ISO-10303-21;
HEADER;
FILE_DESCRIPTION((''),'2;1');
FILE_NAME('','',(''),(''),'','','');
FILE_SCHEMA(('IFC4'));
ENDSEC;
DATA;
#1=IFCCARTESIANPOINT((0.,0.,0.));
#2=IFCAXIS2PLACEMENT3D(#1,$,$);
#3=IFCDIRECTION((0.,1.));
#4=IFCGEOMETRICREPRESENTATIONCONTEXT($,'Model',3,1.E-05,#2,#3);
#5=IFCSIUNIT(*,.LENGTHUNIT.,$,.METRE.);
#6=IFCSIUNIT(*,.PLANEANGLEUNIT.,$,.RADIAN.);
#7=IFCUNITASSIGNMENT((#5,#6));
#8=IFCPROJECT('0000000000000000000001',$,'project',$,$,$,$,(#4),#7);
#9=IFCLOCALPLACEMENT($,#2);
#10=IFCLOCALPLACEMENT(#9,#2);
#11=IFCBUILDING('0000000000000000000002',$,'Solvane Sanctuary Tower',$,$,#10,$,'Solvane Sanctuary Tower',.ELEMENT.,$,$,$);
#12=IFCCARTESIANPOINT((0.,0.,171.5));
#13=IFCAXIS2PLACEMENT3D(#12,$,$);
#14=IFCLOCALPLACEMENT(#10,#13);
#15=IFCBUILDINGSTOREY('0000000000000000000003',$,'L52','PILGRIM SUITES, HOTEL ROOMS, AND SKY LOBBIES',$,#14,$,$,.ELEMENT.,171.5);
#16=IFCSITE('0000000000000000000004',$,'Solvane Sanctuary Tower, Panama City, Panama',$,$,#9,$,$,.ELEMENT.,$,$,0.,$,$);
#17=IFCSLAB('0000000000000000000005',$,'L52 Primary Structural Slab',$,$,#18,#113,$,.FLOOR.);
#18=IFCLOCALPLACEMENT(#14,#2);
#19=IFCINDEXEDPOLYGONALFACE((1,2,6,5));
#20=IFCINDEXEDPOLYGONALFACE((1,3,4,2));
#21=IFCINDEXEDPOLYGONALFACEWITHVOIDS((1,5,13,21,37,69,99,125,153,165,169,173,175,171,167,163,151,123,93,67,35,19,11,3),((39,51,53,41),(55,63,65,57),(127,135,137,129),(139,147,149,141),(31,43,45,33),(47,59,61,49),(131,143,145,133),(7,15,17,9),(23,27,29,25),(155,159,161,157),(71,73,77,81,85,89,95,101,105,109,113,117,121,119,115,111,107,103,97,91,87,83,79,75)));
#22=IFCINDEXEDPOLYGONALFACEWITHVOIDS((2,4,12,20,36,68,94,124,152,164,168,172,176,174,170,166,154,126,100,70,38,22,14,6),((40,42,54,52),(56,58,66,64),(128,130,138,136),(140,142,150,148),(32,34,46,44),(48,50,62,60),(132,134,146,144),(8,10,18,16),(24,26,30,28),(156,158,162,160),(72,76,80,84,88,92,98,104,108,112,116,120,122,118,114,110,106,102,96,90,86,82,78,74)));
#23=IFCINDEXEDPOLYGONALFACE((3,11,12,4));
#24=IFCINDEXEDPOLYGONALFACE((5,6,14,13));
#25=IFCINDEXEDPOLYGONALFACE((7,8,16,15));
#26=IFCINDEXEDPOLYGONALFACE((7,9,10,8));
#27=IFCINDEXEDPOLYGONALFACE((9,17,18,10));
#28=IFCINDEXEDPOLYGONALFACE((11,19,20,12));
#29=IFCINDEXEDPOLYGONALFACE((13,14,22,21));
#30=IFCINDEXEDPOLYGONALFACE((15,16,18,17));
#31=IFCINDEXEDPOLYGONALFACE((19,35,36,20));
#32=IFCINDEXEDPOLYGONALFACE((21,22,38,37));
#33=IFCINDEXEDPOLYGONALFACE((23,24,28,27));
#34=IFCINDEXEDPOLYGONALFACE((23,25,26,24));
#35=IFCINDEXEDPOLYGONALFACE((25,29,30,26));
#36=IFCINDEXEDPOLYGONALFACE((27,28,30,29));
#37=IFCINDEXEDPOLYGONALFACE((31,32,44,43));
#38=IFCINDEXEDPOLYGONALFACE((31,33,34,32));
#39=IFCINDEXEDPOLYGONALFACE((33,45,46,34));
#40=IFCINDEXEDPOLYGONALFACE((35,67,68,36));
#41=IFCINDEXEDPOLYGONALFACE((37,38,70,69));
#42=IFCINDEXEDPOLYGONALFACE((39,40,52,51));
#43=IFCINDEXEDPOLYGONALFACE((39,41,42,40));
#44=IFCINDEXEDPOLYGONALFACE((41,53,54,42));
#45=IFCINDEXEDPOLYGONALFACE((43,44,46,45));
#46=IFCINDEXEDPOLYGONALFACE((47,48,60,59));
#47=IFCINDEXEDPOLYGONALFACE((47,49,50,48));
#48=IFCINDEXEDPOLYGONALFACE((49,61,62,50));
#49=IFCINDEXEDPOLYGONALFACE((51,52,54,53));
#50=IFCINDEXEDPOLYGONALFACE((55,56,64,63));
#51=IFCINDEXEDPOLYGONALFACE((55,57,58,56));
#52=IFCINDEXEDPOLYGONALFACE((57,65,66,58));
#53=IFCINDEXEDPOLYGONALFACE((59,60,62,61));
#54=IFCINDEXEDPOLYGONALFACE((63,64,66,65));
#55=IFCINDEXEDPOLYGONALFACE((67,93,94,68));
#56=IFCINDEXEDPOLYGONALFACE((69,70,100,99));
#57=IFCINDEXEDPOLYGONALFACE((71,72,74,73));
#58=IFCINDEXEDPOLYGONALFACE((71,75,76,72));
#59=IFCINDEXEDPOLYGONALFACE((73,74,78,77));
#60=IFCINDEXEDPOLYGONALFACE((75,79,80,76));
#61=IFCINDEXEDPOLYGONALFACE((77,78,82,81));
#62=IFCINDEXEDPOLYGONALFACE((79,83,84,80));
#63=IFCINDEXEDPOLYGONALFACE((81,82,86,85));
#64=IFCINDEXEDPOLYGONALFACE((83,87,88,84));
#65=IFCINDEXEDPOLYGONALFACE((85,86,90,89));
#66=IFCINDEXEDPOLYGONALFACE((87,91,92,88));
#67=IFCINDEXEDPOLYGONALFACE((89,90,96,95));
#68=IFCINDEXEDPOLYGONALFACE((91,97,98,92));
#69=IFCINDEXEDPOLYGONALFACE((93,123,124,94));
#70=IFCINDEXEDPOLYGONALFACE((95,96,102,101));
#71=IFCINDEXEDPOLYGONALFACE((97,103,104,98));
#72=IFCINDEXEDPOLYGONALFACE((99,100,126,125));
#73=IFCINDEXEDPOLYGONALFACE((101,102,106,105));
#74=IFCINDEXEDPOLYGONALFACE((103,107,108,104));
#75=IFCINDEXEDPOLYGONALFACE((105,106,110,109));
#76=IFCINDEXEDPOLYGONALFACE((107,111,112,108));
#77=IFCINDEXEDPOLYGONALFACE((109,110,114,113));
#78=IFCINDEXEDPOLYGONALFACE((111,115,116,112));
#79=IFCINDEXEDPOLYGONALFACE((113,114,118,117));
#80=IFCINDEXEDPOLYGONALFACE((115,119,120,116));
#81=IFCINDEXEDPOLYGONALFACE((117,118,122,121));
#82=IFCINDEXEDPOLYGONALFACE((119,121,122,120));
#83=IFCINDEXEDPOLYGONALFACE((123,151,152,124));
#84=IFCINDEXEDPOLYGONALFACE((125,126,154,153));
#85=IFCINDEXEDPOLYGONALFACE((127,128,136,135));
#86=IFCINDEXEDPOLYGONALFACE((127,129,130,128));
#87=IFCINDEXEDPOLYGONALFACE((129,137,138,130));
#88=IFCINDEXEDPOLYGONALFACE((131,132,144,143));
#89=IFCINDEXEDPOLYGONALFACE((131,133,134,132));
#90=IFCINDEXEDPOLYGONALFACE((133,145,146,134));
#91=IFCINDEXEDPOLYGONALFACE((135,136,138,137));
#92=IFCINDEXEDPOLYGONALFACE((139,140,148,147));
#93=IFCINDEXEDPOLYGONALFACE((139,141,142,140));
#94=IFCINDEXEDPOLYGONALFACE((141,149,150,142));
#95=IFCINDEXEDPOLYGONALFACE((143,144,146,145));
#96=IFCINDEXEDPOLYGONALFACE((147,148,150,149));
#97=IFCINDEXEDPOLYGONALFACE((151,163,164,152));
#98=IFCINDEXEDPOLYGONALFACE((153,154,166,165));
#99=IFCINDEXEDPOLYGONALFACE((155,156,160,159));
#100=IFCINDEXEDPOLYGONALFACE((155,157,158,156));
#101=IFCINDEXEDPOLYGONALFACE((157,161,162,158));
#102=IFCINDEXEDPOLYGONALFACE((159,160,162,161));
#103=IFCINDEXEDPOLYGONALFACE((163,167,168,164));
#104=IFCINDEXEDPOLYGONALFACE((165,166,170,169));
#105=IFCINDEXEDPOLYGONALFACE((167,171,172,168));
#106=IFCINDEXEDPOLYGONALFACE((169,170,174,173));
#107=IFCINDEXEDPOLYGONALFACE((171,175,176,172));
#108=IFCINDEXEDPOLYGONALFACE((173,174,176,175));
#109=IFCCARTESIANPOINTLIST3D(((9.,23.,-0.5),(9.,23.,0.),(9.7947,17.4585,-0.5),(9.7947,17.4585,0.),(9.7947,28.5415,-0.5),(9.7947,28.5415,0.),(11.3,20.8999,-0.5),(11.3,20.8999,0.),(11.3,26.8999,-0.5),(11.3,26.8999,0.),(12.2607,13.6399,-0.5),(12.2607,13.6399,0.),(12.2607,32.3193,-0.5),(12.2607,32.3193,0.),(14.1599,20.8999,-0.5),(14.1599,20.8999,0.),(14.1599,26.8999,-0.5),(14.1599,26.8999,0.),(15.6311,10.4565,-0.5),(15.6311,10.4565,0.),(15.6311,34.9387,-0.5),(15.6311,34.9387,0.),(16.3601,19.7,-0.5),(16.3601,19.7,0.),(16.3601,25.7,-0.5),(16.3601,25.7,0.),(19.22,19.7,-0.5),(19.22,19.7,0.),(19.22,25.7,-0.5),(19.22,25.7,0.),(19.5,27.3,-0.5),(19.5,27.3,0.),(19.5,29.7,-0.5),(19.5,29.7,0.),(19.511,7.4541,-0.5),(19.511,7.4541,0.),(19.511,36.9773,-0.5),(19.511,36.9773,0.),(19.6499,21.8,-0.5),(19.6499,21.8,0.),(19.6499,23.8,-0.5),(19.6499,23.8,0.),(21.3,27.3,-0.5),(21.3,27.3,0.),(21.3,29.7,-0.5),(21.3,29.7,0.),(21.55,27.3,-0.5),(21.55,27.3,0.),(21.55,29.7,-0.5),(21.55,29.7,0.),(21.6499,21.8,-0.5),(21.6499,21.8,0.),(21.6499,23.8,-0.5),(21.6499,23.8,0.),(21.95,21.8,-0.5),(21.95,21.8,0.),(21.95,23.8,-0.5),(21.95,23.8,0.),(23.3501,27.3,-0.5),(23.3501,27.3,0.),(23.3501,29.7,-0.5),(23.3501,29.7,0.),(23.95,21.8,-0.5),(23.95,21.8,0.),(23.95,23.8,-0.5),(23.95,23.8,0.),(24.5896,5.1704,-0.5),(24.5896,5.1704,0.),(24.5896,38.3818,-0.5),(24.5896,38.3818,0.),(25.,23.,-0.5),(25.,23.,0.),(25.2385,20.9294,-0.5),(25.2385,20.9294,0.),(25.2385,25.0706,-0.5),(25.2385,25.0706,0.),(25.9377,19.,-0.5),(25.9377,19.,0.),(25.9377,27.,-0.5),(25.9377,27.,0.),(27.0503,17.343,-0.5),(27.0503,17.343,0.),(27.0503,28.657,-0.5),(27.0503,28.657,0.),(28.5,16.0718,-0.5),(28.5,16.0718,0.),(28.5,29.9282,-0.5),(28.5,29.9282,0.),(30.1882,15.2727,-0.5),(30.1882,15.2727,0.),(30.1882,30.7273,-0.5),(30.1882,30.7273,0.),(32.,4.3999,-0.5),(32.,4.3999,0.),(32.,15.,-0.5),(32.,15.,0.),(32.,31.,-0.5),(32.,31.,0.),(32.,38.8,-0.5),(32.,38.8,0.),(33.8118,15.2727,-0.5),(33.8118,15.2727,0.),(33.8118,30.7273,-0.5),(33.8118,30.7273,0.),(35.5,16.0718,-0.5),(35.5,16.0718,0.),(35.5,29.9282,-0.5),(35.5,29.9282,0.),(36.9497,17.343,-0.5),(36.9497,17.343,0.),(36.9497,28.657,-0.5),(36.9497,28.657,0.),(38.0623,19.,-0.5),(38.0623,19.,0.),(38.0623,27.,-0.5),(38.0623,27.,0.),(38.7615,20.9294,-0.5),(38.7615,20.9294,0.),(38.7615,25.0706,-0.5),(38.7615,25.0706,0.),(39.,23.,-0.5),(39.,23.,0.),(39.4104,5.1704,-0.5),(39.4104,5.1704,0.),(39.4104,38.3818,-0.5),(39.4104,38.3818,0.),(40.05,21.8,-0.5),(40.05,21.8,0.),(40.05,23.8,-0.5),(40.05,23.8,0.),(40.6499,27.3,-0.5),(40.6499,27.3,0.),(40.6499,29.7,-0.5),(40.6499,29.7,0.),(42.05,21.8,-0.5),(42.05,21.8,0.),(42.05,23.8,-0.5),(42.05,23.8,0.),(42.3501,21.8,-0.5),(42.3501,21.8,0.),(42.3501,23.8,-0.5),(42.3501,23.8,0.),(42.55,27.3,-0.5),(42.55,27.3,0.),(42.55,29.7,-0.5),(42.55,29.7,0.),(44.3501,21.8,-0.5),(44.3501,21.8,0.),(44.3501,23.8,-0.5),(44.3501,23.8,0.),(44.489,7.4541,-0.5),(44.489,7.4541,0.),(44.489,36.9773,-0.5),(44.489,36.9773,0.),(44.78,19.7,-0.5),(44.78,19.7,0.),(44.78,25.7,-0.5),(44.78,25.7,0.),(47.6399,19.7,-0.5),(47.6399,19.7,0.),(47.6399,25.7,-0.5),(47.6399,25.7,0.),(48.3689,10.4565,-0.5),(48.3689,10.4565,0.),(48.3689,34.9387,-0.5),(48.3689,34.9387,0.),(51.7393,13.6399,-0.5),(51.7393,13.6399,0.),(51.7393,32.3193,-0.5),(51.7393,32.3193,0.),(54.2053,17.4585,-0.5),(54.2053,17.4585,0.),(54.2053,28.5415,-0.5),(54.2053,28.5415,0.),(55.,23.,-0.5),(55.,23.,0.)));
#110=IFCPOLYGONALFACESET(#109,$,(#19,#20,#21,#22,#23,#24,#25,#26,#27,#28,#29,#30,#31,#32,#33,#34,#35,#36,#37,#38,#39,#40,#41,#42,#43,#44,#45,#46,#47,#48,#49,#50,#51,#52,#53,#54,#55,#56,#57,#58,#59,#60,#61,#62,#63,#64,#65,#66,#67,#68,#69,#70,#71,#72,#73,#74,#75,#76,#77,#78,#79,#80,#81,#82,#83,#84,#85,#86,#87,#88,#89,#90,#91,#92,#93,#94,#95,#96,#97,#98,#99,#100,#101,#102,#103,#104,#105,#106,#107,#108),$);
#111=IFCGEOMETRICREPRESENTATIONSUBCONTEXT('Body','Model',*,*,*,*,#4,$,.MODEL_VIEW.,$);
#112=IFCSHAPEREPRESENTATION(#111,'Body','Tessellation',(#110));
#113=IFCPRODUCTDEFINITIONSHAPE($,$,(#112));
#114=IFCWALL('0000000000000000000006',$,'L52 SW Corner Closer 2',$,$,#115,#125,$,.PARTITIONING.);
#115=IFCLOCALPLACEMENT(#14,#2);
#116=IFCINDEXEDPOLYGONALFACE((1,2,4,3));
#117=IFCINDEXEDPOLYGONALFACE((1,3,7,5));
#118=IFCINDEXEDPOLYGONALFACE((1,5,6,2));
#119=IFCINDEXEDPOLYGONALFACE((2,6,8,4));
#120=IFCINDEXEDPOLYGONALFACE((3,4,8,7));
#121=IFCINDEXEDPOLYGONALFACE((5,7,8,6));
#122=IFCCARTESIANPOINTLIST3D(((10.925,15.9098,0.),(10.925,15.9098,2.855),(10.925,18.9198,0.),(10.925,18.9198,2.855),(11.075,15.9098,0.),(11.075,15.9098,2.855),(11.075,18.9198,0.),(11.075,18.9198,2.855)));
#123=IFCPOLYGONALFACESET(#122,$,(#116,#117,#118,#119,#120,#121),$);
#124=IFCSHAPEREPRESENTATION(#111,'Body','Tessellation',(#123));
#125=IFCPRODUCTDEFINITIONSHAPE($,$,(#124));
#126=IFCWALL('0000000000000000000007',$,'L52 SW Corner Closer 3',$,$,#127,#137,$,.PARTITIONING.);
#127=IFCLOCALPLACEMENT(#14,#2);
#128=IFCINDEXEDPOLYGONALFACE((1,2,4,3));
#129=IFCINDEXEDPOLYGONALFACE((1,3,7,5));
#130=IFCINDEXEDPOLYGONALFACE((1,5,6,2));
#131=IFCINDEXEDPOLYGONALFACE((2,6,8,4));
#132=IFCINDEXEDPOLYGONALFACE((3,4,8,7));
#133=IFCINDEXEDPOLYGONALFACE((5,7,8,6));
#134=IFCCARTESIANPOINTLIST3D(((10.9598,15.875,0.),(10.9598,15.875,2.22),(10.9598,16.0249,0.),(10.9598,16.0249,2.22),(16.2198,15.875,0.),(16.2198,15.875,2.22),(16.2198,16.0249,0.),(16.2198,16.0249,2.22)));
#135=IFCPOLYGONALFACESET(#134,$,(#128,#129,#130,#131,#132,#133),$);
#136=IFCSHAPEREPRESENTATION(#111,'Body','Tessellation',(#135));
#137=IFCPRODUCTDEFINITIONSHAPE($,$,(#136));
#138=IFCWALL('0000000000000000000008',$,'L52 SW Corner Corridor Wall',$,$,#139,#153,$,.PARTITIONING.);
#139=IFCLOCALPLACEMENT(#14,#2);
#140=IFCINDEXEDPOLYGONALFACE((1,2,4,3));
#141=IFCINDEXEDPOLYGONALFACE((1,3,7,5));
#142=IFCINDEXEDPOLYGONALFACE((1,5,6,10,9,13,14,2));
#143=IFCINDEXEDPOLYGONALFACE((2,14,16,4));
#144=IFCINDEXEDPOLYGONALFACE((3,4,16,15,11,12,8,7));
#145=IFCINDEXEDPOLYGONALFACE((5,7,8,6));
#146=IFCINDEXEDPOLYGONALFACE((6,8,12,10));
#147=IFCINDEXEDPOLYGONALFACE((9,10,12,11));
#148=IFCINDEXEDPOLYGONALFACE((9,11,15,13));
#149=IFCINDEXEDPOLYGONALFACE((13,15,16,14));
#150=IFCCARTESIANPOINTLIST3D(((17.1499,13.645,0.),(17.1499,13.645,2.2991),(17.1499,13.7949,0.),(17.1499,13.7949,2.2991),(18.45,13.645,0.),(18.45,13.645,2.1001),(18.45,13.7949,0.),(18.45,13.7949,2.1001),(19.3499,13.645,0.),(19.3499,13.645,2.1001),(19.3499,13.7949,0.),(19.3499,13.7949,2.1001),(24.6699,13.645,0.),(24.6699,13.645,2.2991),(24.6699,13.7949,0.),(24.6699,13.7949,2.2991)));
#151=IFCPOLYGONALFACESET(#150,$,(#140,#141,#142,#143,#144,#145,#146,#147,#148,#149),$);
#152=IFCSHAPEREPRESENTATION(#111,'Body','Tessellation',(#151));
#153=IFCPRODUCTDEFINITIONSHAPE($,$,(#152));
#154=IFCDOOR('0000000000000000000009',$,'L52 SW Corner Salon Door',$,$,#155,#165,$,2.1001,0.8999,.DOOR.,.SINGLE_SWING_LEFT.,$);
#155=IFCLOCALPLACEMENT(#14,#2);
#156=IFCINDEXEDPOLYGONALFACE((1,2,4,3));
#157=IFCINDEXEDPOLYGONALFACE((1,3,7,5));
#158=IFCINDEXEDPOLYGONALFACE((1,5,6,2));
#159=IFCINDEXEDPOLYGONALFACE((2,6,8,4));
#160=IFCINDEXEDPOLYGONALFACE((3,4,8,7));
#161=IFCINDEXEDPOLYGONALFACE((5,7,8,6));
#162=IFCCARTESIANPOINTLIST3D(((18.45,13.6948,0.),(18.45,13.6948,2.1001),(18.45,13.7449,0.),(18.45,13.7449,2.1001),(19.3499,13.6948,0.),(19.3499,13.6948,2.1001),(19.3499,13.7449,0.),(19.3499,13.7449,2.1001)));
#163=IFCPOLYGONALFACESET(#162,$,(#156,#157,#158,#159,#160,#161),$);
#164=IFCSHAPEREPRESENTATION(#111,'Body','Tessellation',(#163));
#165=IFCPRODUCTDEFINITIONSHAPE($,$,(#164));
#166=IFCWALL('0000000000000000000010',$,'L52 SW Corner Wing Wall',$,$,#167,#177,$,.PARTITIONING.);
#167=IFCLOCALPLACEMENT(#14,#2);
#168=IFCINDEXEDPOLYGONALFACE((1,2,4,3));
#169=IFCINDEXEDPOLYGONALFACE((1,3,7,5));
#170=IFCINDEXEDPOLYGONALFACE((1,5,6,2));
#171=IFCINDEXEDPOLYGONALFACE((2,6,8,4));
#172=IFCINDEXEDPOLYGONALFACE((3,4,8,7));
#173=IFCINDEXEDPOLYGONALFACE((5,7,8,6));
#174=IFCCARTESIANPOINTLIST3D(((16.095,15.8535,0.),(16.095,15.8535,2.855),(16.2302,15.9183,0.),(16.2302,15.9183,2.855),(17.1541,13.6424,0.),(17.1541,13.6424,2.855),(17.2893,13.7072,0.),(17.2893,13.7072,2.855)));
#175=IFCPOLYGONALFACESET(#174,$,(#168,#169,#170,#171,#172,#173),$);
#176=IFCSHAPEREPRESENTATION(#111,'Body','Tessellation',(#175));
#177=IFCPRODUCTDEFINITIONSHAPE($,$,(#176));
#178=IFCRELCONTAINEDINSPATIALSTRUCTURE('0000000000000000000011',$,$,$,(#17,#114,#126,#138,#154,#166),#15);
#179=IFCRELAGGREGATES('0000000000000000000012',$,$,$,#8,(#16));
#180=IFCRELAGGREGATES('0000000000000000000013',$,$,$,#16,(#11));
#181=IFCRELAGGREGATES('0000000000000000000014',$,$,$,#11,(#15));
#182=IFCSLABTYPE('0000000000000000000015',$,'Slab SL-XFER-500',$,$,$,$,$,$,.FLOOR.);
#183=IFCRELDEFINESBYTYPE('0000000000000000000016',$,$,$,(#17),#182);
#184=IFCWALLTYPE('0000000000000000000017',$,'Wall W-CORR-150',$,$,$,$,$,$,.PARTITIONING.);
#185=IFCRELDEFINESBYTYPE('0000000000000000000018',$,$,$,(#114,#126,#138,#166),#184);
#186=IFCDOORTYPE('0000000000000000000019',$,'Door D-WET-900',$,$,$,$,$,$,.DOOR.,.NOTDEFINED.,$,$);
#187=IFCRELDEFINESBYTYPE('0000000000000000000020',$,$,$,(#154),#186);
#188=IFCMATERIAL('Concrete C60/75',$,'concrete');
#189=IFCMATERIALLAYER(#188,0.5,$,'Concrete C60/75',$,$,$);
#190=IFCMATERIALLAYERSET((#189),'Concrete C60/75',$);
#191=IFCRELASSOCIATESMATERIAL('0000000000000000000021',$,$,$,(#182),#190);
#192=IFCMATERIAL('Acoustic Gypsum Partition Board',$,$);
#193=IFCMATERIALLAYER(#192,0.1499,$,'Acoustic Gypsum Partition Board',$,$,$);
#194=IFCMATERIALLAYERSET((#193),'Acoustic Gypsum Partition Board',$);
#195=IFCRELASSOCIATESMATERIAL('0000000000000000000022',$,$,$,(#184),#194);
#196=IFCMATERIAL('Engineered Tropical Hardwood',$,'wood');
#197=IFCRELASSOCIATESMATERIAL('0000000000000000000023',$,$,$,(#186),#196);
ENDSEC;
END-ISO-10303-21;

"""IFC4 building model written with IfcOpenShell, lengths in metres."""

from ifc_helpers import new_model, si_unit, direction, frame, frame_2d, origin, place, context, subcontext, project, spatial, polyline, rectangle, outline, extrude, material, layer, layer_set, type_object, element, fill, save


model = new_model("IFC4")

# Units and contexts
model_context = context("Model", 3, precision=1e-05, world=origin(), true_north=direction((0.0, 1.0)))
body_context = subcontext(model_context, "Body", "Model", "MODEL_VIEW")
ifc_project = project(units=[si_unit("LENGTHUNIT", "METRE"), si_unit("PLANEANGLEUNIT", "RADIAN")], contexts=[model_context])

# Site, building, storey
site_placement = place(None, origin())
site = spatial("IfcSite", under=ifc_project, at=site_placement, Name="Solvane Sanctuary Tower, Panama City, Panama", CompositionType="ELEMENT", RefElevation=0.0)
building_placement = place(site_placement, origin())
building = spatial("IfcBuilding", under=site, at=building_placement, Name="Solvane Sanctuary Tower", LongName="Solvane Sanctuary Tower", CompositionType="ELEMENT")
storey_placement = place(building_placement, frame((0.0, 0.0, 171.5)))
storey = spatial("IfcBuildingStorey", under=building, at=storey_placement, Name="L52", Description="PILGRIM SUITES, HOTEL ROOMS, AND SKY LOBBIES", CompositionType="ELEMENT", Elevation=171.5)

# Shared definitions
ifc_material_1 = material(Name="Concrete C60/75", Category="concrete")

# Slab
ifc_layer_1 = layer(ifc_material_1, 0.5, Name="Concrete C60/75")
ifc_layer_set_1 = layer_set([ifc_layer_1], Name="Concrete C60/75")
slab_type_1 = type_object("IfcSlabType", Name="Slab SL-XFER-500", PredefinedType="FLOOR", material=ifc_layer_set_1)
slab_1_placement = place(storey_placement, frame((0.0, 0.0, -0.5)))
element("IfcSlab", 1, at=slab_1_placement, inside=storey, type_object=slab_type_1, Name="L52 Primary Structural Slab", PredefinedType="FLOOR", context=body_context, shape_type="SweptSolid", body=[
    extrude(outline(polyline([(55.0, 23.0), (54.2053, 28.5415), (51.7393, 32.3193), (48.3689, 34.9387), (44.489, 36.9773), (39.4104, 38.3818), (32.0, 38.8), (24.5896, 38.3818), (19.511, 36.9773), (15.6311, 34.9387), (12.2607, 32.3193), (9.7947, 28.5415), (9.0, 23.0), (9.7947, 17.4585), (12.2607, 13.6399), (15.6311, 10.4565), (19.511, 7.4541), (24.5896, 5.1704), (32.0, 4.3999), (39.4104, 5.1704), (44.489, 7.4541), (48.3689, 10.4565), (51.7393, 13.6399), (54.2053, 17.4585), (55.0, 23.0)]), holes=[polyline([(38.7615, 20.9294), (38.0623, 19.0), (36.9497, 17.343), (35.5, 16.0718), (33.8118, 15.2727), (32.0, 15.0), (30.1882, 15.2727), (28.5, 16.0718), (27.0503, 17.343), (25.9377, 19.0), (25.2385, 20.9294), (25.0, 23.0), (25.2385, 25.0706), (25.9377, 27.0), (27.0503, 28.657), (28.5, 29.9282), (30.1882, 30.7273), (32.0, 31.0), (33.8118, 30.7273), (35.5, 29.9282), (36.9497, 28.657), (38.0623, 27.0), (38.7615, 25.0706), (39.0, 23.0), (38.7615, 20.9294)]), polyline([(16.3601, 19.7), (16.3601, 25.7), (19.22, 25.7), (19.22, 19.7), (16.3601, 19.7)]), polyline([(44.78, 19.7), (44.78, 25.7), (47.6399, 25.7), (47.6399, 19.7), (44.78, 19.7)]), polyline([(11.3, 20.8999), (11.3, 26.8999), (14.1599, 26.8999), (14.1599, 20.8999), (11.3, 20.8999)]), polyline([(19.6499, 23.8), (21.6499, 23.8), (21.6499, 21.8), (19.6499, 21.8), (19.6499, 23.8)]), polyline([(42.3501, 23.8), (44.3501, 23.8), (44.3501, 21.8), (42.3501, 21.8), (42.3501, 23.8)]), polyline([(21.95, 23.8), (23.95, 23.8), (23.95, 21.8), (21.95, 21.8), (21.95, 23.8)]), polyline([(40.05, 23.8), (42.05, 23.8), (42.05, 21.8), (40.05, 21.8), (40.05, 23.8)]), polyline([(19.5, 29.7), (21.3, 29.7), (21.3, 27.3), (19.5, 27.3), (19.5, 29.7)]), polyline([(21.55, 29.7), (23.3501, 29.7), (23.3501, 27.3), (21.55, 27.3), (21.55, 29.7)]), polyline([(40.6499, 29.7), (42.55, 29.7), (42.55, 27.3), (40.6499, 27.3), (40.6499, 29.7)])]), origin(), (0.0, 0.0, 1.0), 0.5),
])

# Walls
ifc_material_2 = material(Name="Acoustic Gypsum Partition Board")
ifc_layer_2 = layer(ifc_material_2, 0.1499, Name="Acoustic Gypsum Partition Board")
ifc_layer_set_2 = layer_set([ifc_layer_2], Name="Acoustic Gypsum Partition Board")
wall_type_1 = type_object("IfcWallType", Name="Wall W-CORR-150", PredefinedType="PARTITIONING", material=ifc_layer_set_2)
wall_1_placement = place(storey_placement, frame((11.0, 15.9099, 0.0), z_axis=(0.0, 0.0, 1.0), x_axis=(0.0, 1.0, 0.0)))
element("IfcWall", 2, at=wall_1_placement, inside=storey, type_object=wall_type_1, Name="L52 SW Corner Closer 2", PredefinedType="PARTITIONING", context=body_context, shape_type="SweptSolid", body=[
    extrude(rectangle(XDim=3.01, YDim=0.1499, at=frame_2d((1.5049, 0.0))), origin(), (0.0, 0.0, 1.0), 2.855),
])
wall_2_placement = place(storey_placement, frame((10.96, 15.95, 0.0), z_axis=(0.0, 0.0, 1.0), x_axis=(1.0, 0.0, 0.0)))
element("IfcWall", 3, at=wall_2_placement, inside=storey, type_object=wall_type_1, Name="L52 SW Corner Closer 3", PredefinedType="PARTITIONING", context=body_context, shape_type="SweptSolid", body=[
    extrude(rectangle(XDim=5.26, YDim=0.1499, at=frame_2d((2.6299, 0.0))), origin(), (0.0, 0.0, 1.0), 2.22),
])

# Wall, opening, door
wall_3_placement = place(storey_placement, frame((17.1499, 13.72, 0.0), z_axis=(0.0, 0.0, 1.0), x_axis=(1.0, 0.0, 0.0)))
wall_3 = element("IfcWall", 4, at=wall_3_placement, inside=storey, type_object=wall_type_1, Name="L52 SW Corner Corridor Wall", PredefinedType="PARTITIONING", context=body_context, shape_type="SweptSolid", body=[
    extrude(rectangle(XDim=7.52, YDim=0.1499, at=frame_2d((3.76, 0.0))), origin(), (0.0, 0.0, 1.0), 2.2991),
])
opening_1_placement = place(wall_3_placement, frame((1.3, 0.0, 0.0)))
opening_1 = element("IfcOpeningElement", 5, at=opening_1_placement, cuts=wall_3, PredefinedType="OPENING", context=body_context, shape_type="SweptSolid", body=[
    extrude(rectangle(XDim=0.8999, YDim=2.1001, at=frame_2d((0.45, 1.05))), frame((0.0, 0.085, 0.0), z_axis=(0.0, -1.0, 0.0), x_axis=(1.0, 0.0, 0.0)), (0.0, 0.0, 1.0), 0.1699),
])
ifc_material_3 = material(Name="Engineered Tropical Hardwood", Category="wood")
door_type = type_object("IfcDoorType", Name="Door D-WET-900", OperationType="NOTDEFINED", PredefinedType="DOOR", material=ifc_material_3)
door_placement = place(opening_1_placement, origin())
door = element("IfcDoor", 6, at=door_placement, inside=storey, type_object=door_type, Name="L52 SW Corner Salon Door", OperationType="SINGLE_SWING_LEFT", OverallHeight=2.1001, OverallWidth=0.8999, PredefinedType="DOOR", context=body_context, shape_type="SweptSolid", body=[
    extrude(rectangle(XDim=0.8999, YDim=2.1001, at=frame_2d((0.45, 1.05))), frame((0.0, 0.0249, 0.0), z_axis=(0.0, -1.0, 0.0), x_axis=(1.0, 0.0, 0.0)), (0.0, 0.0, 1.0), 0.05),
])
fill(opening_1, door)

# Wall
wall_4_placement = place(storey_placement, frame((17.2217, 13.6748, 0.0), z_axis=(0.0, 0.0, 1.0), x_axis=(-0.431973, 0.901886, 0.0)))
element("IfcWall", 7, at=wall_4_placement, inside=storey, type_object=wall_type_1, Name="L52 SW Corner Wing Wall", PredefinedType="PARTITIONING", context=body_context, shape_type="SweptSolid", body=[
    extrude(rectangle(XDim=2.4517, YDim=0.1499, at=frame_2d((1.2258, 0.0))), origin(), (0.0, 0.0, 1.0), 2.855),
])

save(model, "model.ifc")
